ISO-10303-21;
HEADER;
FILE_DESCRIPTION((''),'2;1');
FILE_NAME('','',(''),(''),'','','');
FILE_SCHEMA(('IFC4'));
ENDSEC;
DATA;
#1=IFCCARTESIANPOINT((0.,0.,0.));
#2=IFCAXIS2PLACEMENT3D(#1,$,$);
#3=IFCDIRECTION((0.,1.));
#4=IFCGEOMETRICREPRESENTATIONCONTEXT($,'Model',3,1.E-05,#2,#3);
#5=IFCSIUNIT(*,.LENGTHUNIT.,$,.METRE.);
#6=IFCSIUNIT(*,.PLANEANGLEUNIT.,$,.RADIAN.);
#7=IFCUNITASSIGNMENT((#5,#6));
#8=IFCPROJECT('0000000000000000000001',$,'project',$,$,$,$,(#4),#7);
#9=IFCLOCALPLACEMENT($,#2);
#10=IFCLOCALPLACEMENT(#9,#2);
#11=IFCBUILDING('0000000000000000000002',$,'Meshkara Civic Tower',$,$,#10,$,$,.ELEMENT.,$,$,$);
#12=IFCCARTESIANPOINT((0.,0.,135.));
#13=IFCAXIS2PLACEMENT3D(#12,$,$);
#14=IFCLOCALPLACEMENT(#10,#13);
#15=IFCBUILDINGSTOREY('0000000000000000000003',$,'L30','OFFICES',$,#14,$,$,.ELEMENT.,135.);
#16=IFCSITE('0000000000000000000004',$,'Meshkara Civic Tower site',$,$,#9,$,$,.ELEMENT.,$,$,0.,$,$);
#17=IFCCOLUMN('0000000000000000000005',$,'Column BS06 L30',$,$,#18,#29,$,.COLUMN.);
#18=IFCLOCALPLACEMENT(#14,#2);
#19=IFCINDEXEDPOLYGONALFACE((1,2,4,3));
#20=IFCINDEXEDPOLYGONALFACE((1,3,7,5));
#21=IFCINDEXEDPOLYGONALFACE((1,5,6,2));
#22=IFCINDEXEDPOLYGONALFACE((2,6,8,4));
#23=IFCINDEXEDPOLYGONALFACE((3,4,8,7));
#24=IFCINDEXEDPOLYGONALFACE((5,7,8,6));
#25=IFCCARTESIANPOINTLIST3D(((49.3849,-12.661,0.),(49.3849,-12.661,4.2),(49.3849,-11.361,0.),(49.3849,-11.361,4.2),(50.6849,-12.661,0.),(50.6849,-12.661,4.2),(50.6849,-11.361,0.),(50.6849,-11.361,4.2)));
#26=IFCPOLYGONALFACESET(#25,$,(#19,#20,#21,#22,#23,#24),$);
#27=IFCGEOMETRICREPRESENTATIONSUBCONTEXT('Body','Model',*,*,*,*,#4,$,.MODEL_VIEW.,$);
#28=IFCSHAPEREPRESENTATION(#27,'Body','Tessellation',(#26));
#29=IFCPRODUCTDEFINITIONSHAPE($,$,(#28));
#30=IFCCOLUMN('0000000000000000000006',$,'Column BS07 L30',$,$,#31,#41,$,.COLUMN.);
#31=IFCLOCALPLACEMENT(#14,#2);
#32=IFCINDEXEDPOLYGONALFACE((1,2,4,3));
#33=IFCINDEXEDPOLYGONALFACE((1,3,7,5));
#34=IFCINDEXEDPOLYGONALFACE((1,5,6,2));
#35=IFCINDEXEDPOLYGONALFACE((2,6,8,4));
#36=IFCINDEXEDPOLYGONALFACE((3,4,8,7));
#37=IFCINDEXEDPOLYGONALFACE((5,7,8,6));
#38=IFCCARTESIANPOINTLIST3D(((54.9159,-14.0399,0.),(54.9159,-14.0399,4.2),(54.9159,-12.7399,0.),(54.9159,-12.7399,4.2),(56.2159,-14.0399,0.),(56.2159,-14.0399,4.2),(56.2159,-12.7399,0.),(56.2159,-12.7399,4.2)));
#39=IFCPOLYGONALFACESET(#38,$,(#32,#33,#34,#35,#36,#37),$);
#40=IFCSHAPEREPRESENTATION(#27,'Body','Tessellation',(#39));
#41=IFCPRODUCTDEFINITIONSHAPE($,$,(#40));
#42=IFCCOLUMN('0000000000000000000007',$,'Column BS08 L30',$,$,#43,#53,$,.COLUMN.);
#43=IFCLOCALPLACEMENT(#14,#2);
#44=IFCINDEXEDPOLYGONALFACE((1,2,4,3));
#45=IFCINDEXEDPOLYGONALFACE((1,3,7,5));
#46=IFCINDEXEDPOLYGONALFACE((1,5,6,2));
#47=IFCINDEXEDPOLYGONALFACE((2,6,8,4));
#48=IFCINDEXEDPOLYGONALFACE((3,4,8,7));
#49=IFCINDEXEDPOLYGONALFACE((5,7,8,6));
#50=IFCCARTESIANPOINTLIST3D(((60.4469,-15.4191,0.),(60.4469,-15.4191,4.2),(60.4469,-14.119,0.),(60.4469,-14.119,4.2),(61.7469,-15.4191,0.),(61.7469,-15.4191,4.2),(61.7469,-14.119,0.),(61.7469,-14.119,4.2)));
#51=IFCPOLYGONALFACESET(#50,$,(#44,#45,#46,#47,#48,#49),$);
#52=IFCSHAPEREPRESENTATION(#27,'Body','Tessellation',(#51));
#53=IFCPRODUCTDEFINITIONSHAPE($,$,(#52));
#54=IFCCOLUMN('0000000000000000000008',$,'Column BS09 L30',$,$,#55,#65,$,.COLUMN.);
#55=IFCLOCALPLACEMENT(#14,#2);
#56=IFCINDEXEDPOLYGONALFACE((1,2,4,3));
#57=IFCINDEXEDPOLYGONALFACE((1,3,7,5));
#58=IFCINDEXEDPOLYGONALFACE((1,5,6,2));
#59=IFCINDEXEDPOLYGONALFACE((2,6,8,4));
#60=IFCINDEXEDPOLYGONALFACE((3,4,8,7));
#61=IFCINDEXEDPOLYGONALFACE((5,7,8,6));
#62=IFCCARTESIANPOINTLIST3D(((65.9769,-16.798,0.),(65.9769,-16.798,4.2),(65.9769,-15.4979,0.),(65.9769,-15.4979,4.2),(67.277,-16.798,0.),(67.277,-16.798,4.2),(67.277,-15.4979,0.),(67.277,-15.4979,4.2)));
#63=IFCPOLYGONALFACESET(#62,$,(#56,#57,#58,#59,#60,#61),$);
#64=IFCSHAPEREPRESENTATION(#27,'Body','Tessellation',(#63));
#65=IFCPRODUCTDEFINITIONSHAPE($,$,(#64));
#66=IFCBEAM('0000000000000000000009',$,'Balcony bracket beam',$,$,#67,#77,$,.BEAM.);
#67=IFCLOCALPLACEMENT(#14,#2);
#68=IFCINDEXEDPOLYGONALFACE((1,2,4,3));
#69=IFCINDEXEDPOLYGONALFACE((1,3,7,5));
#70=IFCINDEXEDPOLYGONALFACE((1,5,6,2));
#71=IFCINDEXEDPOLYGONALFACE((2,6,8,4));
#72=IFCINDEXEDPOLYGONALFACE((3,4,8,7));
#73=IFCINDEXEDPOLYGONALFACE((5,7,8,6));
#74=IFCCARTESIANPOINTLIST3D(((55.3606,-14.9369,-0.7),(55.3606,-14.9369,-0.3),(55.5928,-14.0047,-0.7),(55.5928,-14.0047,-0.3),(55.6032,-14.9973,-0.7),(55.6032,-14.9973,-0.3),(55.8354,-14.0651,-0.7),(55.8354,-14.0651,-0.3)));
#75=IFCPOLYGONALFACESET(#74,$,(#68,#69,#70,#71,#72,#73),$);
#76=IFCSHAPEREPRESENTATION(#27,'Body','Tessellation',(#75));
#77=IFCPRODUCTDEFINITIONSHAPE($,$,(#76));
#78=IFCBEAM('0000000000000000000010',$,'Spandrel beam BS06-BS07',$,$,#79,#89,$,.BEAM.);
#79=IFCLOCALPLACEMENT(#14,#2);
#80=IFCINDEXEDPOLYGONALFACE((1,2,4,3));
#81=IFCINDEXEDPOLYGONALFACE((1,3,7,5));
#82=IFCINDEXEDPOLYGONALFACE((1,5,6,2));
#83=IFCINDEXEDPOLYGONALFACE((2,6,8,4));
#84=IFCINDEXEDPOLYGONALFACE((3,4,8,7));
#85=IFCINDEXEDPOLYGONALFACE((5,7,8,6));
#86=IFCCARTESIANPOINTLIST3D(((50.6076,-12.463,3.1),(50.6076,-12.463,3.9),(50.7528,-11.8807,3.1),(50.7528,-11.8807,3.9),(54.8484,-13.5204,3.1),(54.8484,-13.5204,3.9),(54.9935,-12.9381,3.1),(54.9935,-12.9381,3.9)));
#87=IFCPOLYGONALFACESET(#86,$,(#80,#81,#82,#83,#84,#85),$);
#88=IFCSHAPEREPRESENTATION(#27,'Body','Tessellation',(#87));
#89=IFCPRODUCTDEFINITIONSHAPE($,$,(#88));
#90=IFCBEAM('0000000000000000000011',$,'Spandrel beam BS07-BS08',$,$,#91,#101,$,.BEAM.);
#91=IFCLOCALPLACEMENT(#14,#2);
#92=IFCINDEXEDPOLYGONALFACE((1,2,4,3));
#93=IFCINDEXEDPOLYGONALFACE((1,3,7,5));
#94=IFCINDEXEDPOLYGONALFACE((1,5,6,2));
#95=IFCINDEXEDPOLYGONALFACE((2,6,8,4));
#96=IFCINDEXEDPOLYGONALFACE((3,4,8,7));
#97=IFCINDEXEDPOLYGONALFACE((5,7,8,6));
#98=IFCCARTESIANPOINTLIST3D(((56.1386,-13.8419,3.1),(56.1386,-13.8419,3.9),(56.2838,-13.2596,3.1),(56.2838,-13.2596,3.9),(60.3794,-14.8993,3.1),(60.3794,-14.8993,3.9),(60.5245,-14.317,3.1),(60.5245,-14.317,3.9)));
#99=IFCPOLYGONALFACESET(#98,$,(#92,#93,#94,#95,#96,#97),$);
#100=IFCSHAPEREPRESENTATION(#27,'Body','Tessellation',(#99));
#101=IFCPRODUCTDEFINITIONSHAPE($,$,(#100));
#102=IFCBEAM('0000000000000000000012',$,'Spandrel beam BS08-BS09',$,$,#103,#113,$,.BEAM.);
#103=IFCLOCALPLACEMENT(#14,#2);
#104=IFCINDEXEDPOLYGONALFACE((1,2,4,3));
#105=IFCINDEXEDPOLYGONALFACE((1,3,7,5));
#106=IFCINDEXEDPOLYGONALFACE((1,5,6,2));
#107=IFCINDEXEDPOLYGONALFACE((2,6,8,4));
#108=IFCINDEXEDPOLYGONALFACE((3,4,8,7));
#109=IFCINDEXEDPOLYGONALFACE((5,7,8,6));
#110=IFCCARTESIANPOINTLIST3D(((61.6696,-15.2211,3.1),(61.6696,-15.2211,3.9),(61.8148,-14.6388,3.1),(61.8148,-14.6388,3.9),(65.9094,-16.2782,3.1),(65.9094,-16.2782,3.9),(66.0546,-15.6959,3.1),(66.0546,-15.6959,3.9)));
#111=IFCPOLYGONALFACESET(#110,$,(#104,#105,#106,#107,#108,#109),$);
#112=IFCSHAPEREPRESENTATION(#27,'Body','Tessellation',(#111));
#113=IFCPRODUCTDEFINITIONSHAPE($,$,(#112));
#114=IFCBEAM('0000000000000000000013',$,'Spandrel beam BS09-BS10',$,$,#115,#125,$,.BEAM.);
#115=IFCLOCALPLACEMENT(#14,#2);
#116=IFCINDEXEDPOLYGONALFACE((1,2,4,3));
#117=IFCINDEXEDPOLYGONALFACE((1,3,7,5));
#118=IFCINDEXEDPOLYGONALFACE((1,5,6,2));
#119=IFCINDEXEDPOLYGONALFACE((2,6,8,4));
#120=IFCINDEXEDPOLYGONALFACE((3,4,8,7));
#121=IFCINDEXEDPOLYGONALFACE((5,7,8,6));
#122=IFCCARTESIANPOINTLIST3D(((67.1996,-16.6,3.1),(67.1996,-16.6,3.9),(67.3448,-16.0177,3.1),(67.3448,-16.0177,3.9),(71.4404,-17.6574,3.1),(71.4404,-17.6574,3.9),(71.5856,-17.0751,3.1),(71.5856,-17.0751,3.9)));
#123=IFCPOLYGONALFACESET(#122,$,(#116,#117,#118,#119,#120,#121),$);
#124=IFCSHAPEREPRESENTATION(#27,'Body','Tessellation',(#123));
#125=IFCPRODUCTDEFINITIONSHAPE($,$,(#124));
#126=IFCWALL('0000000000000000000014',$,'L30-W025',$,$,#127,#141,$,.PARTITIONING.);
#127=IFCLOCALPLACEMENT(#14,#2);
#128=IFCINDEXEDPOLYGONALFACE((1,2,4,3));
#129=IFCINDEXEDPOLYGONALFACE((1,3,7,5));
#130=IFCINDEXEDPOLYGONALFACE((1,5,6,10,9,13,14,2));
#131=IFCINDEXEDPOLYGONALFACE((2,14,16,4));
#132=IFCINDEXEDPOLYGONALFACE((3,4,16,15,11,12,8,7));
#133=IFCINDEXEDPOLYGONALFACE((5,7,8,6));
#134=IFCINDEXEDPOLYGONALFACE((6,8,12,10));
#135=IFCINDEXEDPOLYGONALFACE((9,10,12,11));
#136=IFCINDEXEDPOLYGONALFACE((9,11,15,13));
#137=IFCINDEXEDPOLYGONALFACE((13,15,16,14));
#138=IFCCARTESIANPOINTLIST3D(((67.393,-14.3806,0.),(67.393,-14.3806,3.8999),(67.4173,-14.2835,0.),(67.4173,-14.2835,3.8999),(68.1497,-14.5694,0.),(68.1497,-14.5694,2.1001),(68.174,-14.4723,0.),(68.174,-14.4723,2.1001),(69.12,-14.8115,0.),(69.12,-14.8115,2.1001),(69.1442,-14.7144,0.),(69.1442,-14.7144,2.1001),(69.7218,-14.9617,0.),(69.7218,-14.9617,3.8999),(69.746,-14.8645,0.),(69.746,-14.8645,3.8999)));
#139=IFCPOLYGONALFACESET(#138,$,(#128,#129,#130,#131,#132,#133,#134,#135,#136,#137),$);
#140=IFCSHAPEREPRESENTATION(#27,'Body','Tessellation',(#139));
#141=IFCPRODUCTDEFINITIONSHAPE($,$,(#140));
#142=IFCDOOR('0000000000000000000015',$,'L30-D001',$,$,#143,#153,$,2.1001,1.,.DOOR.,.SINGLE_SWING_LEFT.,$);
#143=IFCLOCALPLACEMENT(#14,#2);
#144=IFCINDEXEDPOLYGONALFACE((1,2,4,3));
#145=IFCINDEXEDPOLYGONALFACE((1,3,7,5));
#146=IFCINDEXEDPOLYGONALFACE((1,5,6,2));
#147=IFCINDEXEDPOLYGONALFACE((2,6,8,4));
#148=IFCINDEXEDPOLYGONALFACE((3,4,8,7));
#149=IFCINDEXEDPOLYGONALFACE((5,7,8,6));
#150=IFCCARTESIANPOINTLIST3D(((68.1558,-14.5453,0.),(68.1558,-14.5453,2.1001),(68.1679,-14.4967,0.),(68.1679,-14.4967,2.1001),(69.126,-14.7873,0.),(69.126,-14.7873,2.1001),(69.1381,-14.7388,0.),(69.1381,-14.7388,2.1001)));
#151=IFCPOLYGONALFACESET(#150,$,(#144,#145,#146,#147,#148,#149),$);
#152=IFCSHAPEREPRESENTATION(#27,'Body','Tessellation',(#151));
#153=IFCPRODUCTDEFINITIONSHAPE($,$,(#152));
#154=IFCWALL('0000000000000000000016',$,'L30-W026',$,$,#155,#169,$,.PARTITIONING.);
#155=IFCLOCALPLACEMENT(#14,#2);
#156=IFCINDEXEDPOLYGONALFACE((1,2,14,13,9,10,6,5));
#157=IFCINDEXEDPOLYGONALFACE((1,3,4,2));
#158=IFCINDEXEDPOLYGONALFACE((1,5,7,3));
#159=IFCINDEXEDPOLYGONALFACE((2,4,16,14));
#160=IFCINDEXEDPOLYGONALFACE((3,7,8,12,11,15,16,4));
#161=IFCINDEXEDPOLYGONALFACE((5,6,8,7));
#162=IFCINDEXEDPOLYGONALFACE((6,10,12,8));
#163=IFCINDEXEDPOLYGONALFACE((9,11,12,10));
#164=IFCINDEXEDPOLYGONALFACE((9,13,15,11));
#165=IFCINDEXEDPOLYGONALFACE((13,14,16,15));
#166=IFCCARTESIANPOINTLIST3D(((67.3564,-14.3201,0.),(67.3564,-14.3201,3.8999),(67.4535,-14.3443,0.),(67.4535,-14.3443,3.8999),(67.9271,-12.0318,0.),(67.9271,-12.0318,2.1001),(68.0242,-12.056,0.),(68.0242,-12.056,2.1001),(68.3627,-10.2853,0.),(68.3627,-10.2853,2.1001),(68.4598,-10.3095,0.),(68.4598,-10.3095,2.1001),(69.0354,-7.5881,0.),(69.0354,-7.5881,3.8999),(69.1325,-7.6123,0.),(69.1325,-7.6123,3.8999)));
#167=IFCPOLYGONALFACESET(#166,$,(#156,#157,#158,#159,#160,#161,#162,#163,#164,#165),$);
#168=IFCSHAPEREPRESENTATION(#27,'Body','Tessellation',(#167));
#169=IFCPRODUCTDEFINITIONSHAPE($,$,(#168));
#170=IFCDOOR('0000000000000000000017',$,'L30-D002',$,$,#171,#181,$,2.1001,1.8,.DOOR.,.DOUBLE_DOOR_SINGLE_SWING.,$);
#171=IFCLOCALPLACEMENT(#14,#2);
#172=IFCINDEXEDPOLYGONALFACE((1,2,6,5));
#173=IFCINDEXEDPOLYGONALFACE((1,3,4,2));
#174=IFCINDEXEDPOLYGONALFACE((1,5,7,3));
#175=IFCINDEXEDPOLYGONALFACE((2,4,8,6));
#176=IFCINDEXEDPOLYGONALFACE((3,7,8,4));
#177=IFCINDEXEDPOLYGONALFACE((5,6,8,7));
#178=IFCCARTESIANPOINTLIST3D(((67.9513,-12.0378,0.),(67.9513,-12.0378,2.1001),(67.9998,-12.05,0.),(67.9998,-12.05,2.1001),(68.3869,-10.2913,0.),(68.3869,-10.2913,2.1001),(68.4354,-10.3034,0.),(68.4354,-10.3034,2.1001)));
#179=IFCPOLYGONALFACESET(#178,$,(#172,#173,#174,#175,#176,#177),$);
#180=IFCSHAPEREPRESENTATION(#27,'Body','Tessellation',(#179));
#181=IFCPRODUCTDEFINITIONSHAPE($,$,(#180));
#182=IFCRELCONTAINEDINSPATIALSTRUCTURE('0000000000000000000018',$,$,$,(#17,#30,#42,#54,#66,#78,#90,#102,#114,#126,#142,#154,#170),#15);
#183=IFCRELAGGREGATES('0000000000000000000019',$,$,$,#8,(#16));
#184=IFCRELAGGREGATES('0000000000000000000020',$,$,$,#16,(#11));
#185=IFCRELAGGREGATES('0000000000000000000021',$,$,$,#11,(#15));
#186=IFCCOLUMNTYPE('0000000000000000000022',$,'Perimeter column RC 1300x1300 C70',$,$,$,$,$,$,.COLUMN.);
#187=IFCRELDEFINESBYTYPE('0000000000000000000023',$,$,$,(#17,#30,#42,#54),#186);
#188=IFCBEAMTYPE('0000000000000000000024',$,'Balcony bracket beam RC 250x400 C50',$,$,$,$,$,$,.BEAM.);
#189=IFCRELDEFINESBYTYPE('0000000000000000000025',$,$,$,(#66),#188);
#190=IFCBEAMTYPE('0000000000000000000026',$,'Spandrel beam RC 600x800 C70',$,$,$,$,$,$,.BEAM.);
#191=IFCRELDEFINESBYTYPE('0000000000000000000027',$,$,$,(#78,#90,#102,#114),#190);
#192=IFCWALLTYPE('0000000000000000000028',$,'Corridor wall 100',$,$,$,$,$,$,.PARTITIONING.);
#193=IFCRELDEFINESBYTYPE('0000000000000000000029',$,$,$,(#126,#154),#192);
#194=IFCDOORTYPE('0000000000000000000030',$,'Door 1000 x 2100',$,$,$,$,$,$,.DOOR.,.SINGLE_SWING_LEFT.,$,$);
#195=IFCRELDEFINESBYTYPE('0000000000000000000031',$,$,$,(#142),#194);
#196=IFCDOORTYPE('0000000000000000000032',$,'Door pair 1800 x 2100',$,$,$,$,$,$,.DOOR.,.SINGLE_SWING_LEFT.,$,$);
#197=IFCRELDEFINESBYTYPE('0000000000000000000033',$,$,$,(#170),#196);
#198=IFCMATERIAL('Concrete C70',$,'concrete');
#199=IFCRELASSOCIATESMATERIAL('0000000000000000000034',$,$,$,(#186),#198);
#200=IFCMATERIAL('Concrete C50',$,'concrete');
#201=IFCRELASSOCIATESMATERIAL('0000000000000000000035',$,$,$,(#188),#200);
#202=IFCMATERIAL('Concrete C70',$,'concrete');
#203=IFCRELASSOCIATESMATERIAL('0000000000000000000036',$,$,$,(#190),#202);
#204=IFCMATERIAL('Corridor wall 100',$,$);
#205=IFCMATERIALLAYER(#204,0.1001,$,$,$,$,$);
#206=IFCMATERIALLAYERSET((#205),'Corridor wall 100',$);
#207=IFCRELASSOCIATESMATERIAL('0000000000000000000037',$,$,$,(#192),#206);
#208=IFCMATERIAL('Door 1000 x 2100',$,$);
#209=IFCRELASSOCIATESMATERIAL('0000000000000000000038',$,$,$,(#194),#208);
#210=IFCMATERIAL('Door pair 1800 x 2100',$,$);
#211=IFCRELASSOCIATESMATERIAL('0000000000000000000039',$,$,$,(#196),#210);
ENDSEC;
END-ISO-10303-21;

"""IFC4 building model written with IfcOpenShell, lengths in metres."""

from ifc_helpers import new_model, si_unit, direction, frame, frame_2d, origin, origin_2d, place, context, subcontext, project, spatial, rectangle, extrude, material, layer, layer_set, material_profile, profile_set, type_object, element, fill, save


model = new_model("IFC4")

# Units and contexts
model_context = context("Model", 3, precision=1e-05, world=origin(), true_north=direction((0.0, 1.0)))
body_context = subcontext(model_context, "Body", "Model", "MODEL_VIEW")
ifc_project = project(units=[si_unit("LENGTHUNIT", "METRE"), si_unit("PLANEANGLEUNIT", "RADIAN")], contexts=[model_context])

# Site, building, storey
site_placement = place(None, origin())
site = spatial("IfcSite", under=ifc_project, at=site_placement, Name="Meshkara Civic Tower site", CompositionType="ELEMENT", RefElevation=0.0)
building_placement = place(site_placement, origin())
building = spatial("IfcBuilding", under=site, at=building_placement, Name="Meshkara Civic Tower", CompositionType="ELEMENT")
storey_placement = place(building_placement, frame((0.0, 0.0, 135.0)))
storey = spatial("IfcBuildingStorey", under=building, at=storey_placement, Name="L30", Description="OFFICES", CompositionType="ELEMENT", Elevation=135.0)

# Columns
ifc_material_1 = material(Name="Concrete C70", Category="concrete")
ifc_material_profile_1 = material_profile(ifc_material_1, rectangle(XDim=1.3, YDim=1.3, at=origin_2d()))
ifc_profile_set_1 = profile_set([ifc_material_profile_1], Name="Concrete C70")
column_type = type_object("IfcColumnType", Name="Perimeter column RC 1300x1300 C70", PredefinedType="COLUMN", material=ifc_profile_set_1)
for number, where, z_axis, x_axis, name in (
    (1, (50.0349, -12.011, 0.0), (0.0, 0.0, 1.0), (1.0, 0.0, 0.0), "Column BS06 L30"),
    (2, (55.5659, -13.3899, 0.0), (0.0, 0.0, 1.0), (1.0, 0.0, 0.0), "Column BS07 L30"),
    (3, (61.0969, -14.769, 0.0), (0.0, 0.0, 1.0), (1.0, 0.0, 0.0), "Column BS08 L30"),
    (4, (66.627, -16.1479, 0.0), (0.0, 0.0, 1.0), (1.0, 0.0, 0.0), "Column BS09 L30"),
):
    element("IfcColumn", number, at=place(storey_placement, frame(where, z_axis=z_axis, x_axis=x_axis)), inside=storey, type_object=column_type, Name=name, PredefinedType="COLUMN", context=body_context, shape_type="SweptSolid", body=[
        extrude(rectangle(XDim=1.3, YDim=1.3, at=origin_2d()), origin(), (0.0, 0.0, 1.0), 4.2),
    ])

# Beams
ifc_material_2 = material(Name="Concrete C50", Category="concrete")
ifc_material_profile_2 = material_profile(ifc_material_2, rectangle(XDim=0.25, YDim=0.3999, at=origin_2d()))
ifc_profile_set_2 = profile_set([ifc_material_profile_2], Name="Concrete C50")
beam_type_1 = type_object("IfcBeamType", Name="Balcony bracket beam RC 250x400 C50", PredefinedType="BEAM", material=ifc_profile_set_2)
beam_1_placement = place(storey_placement, frame((55.7141, -14.0349, -0.5), z_axis=(-0.241698, -0.970351, 0.0), x_axis=(0.970351, -0.241698, 0.0)))
element("IfcBeam", 5, at=beam_1_placement, inside=storey, type_object=beam_type_1, Name="Balcony bracket beam", PredefinedType="BEAM", context=body_context, shape_type="SweptSolid", body=[
    extrude(rectangle(XDim=0.25, YDim=0.3999, at=origin_2d()), origin(), (0.0, 0.0, 1.0), 0.9607),
])
ifc_material_3 = material(Name="Concrete C70", Category="concrete")
ifc_material_profile_3 = material_profile(ifc_material_3, rectangle(XDim=0.6001, YDim=0.8, at=origin_2d()))
ifc_profile_set_3 = profile_set([ifc_material_profile_3], Name="Concrete C70")
beam_type_2 = type_object("IfcBeamType", Name="Spandrel beam RC 600x800 C70", PredefinedType="BEAM", material=ifc_profile_set_3)
for number, where, z_axis, x_axis, name in (
    (6, (50.6802, -12.1719, 3.5), (0.970293, -0.241931, 0.0), (0.241931, 0.970293, 0.0), "Spandrel beam BS06-BS07"),
    (7, (56.2112, -13.5508, 3.5), (0.970293, -0.241931, 0.0), (0.241931, 0.970293, 0.0), "Spandrel beam BS07-BS08"),
):
    element("IfcBeam", number, at=place(storey_placement, frame(where, z_axis=z_axis, x_axis=x_axis)), inside=storey, type_object=beam_type_2, Name=name, PredefinedType="BEAM", context=body_context, shape_type="SweptSolid", body=[
        extrude(rectangle(XDim=0.6001, YDim=0.8, at=origin_2d()), origin(), (0.0, 0.0, 1.0), 4.3706),
    ])
beam_2_placement = place(storey_placement, frame((61.7422, -14.9299, 3.5), z_axis=(0.970293, -0.241931, 0.0), x_axis=(0.241931, 0.970293, 0.0)))
element("IfcBeam", 8, at=beam_2_placement, inside=storey, type_object=beam_type_2, Name="Spandrel beam BS08-BS09", PredefinedType="BEAM", context=body_context, shape_type="SweptSolid", body=[
    extrude(rectangle(XDim=0.6001, YDim=0.8, at=origin_2d()), origin(), (0.0, 0.0, 1.0), 4.3696),
])
beam_3_placement = place(storey_placement, frame((67.2722, -16.3088, 3.5), z_axis=(0.970293, -0.241931, 0.0), x_axis=(0.241931, 0.970293, 0.0)))
element("IfcBeam", 9, at=beam_3_placement, inside=storey, type_object=beam_type_2, Name="Spandrel beam BS09-BS10", PredefinedType="BEAM", context=body_context, shape_type="SweptSolid", body=[
    extrude(rectangle(XDim=0.6001, YDim=0.8, at=origin_2d()), origin(), (0.0, 0.0, 1.0), 4.3706),
])

# Walls, openings, doors
ifc_material_4 = material(Name="Corridor wall 100")
ifc_layer_1 = layer(ifc_material_4, 0.1001)
ifc_layer_set_1 = layer_set([ifc_layer_1], Name="Corridor wall 100")
wall_type_1 = type_object("IfcWallType", Name="Corridor wall 100", PredefinedType="PARTITIONING", material=ifc_layer_set_1)
wall_1_placement = place(storey_placement, frame((67.405, -14.332, 0.0), z_axis=(0.0, 0.0, 1.0), x_axis=(0.970256, -0.242081, 0.0)))
wall_1 = element("IfcWall", 10, at=wall_1_placement, inside=storey, type_object=wall_type_1, Name="L30-W025", PredefinedType="PARTITIONING", context=body_context, shape_type="SweptSolid", body=[
    extrude(rectangle(XDim=2.4001, YDim=0.1001, at=frame_2d((1.2002, 0.0))), origin(), (0.0, 0.0, 1.0), 3.8999),
])
opening_1_placement = place(wall_1_placement, frame((0.78, 0.0, 0.0)))
opening_1 = element("IfcOpeningElement", 11, at=opening_1_placement, cuts=wall_1, PredefinedType="OPENING", context=body_context, shape_type="SweptSolid", body=[
    extrude(rectangle(XDim=1.0, YDim=2.1001, at=frame_2d((0.5, 1.05))), frame((0.0, 0.0601, 0.0), z_axis=(0.0, -1.0, 0.0), x_axis=(1.0, 0.0, 0.0)), (0.0, 0.0, 1.0), 0.1201),
])
ifc_material_5 = material(Name="Door 1000 x 2100")
door_type_1 = type_object("IfcDoorType", Name="Door 1000 x 2100", OperationType="SINGLE_SWING_LEFT", PredefinedType="DOOR", material=ifc_material_5)
door_1_placement = place(opening_1_placement, origin())
door_1 = element("IfcDoor", 12, at=door_1_placement, inside=storey, type_object=door_type_1, Name="L30-D001", OperationType="SINGLE_SWING_LEFT", OverallHeight=2.1001, OverallWidth=1.0, PredefinedType="DOOR", context=body_context, shape_type="SweptSolid", body=[
    extrude(rectangle(XDim=1.0, YDim=2.1001, at=frame_2d((0.5, 1.05))), frame((0.0, 0.0249, 0.0), z_axis=(0.0, -1.0, 0.0), x_axis=(1.0, 0.0, 0.0)), (0.0, 0.0, 1.0), 0.05),
])
fill(opening_1, door_1)
wall_2_placement = place(storey_placement, frame((69.084, -7.6001, 0.0), z_axis=(0.0, 0.0, 1.0), x_axis=(-0.241989, -0.970279, 0.0)))
wall_2 = element("IfcWall", 13, at=wall_2_placement, inside=storey, type_object=wall_type_1, Name="L30-W026", PredefinedType="PARTITIONING", context=body_context, shape_type="SweptSolid", body=[
    extrude(rectangle(XDim=6.9382, YDim=0.1001, at=frame_2d((3.4692, 0.0))), origin(), (0.0, 0.0, 1.0), 3.8999),
])
opening_2_placement = place(wall_2_placement, frame((2.78, 0.0, 0.0)))
opening_2 = element("IfcOpeningElement", 14, at=opening_2_placement, cuts=wall_2, PredefinedType="OPENING", context=body_context, shape_type="SweptSolid", body=[
    extrude(rectangle(XDim=1.8, YDim=2.1001, at=frame_2d((0.8999, 1.05))), frame((0.0, 0.0601, 0.0), z_axis=(0.0, -1.0, 0.0), x_axis=(1.0, 0.0, 0.0)), (0.0, 0.0, 1.0), 0.1201),
])
ifc_material_6 = material(Name="Door pair 1800 x 2100")
door_type_2 = type_object("IfcDoorType", Name="Door pair 1800 x 2100", OperationType="SINGLE_SWING_LEFT", PredefinedType="DOOR", material=ifc_material_6)
door_2_placement = place(opening_2_placement, origin())
door_2 = element("IfcDoor", 15, at=door_2_placement, inside=storey, type_object=door_type_2, Name="L30-D002", OperationType="DOUBLE_DOOR_SINGLE_SWING", OverallHeight=2.1001, OverallWidth=1.8, PredefinedType="DOOR", context=body_context, shape_type="SweptSolid", body=[
    extrude(rectangle(XDim=1.8, YDim=2.1001, at=frame_2d((0.8999, 1.05))), frame((0.0, 0.0249, 0.0), z_axis=(0.0, -1.0, 0.0), x_axis=(1.0, 0.0, 0.0)), (0.0, 0.0, 1.0), 0.05),
])
fill(opening_2, door_2)

save(model, "model.ifc")
